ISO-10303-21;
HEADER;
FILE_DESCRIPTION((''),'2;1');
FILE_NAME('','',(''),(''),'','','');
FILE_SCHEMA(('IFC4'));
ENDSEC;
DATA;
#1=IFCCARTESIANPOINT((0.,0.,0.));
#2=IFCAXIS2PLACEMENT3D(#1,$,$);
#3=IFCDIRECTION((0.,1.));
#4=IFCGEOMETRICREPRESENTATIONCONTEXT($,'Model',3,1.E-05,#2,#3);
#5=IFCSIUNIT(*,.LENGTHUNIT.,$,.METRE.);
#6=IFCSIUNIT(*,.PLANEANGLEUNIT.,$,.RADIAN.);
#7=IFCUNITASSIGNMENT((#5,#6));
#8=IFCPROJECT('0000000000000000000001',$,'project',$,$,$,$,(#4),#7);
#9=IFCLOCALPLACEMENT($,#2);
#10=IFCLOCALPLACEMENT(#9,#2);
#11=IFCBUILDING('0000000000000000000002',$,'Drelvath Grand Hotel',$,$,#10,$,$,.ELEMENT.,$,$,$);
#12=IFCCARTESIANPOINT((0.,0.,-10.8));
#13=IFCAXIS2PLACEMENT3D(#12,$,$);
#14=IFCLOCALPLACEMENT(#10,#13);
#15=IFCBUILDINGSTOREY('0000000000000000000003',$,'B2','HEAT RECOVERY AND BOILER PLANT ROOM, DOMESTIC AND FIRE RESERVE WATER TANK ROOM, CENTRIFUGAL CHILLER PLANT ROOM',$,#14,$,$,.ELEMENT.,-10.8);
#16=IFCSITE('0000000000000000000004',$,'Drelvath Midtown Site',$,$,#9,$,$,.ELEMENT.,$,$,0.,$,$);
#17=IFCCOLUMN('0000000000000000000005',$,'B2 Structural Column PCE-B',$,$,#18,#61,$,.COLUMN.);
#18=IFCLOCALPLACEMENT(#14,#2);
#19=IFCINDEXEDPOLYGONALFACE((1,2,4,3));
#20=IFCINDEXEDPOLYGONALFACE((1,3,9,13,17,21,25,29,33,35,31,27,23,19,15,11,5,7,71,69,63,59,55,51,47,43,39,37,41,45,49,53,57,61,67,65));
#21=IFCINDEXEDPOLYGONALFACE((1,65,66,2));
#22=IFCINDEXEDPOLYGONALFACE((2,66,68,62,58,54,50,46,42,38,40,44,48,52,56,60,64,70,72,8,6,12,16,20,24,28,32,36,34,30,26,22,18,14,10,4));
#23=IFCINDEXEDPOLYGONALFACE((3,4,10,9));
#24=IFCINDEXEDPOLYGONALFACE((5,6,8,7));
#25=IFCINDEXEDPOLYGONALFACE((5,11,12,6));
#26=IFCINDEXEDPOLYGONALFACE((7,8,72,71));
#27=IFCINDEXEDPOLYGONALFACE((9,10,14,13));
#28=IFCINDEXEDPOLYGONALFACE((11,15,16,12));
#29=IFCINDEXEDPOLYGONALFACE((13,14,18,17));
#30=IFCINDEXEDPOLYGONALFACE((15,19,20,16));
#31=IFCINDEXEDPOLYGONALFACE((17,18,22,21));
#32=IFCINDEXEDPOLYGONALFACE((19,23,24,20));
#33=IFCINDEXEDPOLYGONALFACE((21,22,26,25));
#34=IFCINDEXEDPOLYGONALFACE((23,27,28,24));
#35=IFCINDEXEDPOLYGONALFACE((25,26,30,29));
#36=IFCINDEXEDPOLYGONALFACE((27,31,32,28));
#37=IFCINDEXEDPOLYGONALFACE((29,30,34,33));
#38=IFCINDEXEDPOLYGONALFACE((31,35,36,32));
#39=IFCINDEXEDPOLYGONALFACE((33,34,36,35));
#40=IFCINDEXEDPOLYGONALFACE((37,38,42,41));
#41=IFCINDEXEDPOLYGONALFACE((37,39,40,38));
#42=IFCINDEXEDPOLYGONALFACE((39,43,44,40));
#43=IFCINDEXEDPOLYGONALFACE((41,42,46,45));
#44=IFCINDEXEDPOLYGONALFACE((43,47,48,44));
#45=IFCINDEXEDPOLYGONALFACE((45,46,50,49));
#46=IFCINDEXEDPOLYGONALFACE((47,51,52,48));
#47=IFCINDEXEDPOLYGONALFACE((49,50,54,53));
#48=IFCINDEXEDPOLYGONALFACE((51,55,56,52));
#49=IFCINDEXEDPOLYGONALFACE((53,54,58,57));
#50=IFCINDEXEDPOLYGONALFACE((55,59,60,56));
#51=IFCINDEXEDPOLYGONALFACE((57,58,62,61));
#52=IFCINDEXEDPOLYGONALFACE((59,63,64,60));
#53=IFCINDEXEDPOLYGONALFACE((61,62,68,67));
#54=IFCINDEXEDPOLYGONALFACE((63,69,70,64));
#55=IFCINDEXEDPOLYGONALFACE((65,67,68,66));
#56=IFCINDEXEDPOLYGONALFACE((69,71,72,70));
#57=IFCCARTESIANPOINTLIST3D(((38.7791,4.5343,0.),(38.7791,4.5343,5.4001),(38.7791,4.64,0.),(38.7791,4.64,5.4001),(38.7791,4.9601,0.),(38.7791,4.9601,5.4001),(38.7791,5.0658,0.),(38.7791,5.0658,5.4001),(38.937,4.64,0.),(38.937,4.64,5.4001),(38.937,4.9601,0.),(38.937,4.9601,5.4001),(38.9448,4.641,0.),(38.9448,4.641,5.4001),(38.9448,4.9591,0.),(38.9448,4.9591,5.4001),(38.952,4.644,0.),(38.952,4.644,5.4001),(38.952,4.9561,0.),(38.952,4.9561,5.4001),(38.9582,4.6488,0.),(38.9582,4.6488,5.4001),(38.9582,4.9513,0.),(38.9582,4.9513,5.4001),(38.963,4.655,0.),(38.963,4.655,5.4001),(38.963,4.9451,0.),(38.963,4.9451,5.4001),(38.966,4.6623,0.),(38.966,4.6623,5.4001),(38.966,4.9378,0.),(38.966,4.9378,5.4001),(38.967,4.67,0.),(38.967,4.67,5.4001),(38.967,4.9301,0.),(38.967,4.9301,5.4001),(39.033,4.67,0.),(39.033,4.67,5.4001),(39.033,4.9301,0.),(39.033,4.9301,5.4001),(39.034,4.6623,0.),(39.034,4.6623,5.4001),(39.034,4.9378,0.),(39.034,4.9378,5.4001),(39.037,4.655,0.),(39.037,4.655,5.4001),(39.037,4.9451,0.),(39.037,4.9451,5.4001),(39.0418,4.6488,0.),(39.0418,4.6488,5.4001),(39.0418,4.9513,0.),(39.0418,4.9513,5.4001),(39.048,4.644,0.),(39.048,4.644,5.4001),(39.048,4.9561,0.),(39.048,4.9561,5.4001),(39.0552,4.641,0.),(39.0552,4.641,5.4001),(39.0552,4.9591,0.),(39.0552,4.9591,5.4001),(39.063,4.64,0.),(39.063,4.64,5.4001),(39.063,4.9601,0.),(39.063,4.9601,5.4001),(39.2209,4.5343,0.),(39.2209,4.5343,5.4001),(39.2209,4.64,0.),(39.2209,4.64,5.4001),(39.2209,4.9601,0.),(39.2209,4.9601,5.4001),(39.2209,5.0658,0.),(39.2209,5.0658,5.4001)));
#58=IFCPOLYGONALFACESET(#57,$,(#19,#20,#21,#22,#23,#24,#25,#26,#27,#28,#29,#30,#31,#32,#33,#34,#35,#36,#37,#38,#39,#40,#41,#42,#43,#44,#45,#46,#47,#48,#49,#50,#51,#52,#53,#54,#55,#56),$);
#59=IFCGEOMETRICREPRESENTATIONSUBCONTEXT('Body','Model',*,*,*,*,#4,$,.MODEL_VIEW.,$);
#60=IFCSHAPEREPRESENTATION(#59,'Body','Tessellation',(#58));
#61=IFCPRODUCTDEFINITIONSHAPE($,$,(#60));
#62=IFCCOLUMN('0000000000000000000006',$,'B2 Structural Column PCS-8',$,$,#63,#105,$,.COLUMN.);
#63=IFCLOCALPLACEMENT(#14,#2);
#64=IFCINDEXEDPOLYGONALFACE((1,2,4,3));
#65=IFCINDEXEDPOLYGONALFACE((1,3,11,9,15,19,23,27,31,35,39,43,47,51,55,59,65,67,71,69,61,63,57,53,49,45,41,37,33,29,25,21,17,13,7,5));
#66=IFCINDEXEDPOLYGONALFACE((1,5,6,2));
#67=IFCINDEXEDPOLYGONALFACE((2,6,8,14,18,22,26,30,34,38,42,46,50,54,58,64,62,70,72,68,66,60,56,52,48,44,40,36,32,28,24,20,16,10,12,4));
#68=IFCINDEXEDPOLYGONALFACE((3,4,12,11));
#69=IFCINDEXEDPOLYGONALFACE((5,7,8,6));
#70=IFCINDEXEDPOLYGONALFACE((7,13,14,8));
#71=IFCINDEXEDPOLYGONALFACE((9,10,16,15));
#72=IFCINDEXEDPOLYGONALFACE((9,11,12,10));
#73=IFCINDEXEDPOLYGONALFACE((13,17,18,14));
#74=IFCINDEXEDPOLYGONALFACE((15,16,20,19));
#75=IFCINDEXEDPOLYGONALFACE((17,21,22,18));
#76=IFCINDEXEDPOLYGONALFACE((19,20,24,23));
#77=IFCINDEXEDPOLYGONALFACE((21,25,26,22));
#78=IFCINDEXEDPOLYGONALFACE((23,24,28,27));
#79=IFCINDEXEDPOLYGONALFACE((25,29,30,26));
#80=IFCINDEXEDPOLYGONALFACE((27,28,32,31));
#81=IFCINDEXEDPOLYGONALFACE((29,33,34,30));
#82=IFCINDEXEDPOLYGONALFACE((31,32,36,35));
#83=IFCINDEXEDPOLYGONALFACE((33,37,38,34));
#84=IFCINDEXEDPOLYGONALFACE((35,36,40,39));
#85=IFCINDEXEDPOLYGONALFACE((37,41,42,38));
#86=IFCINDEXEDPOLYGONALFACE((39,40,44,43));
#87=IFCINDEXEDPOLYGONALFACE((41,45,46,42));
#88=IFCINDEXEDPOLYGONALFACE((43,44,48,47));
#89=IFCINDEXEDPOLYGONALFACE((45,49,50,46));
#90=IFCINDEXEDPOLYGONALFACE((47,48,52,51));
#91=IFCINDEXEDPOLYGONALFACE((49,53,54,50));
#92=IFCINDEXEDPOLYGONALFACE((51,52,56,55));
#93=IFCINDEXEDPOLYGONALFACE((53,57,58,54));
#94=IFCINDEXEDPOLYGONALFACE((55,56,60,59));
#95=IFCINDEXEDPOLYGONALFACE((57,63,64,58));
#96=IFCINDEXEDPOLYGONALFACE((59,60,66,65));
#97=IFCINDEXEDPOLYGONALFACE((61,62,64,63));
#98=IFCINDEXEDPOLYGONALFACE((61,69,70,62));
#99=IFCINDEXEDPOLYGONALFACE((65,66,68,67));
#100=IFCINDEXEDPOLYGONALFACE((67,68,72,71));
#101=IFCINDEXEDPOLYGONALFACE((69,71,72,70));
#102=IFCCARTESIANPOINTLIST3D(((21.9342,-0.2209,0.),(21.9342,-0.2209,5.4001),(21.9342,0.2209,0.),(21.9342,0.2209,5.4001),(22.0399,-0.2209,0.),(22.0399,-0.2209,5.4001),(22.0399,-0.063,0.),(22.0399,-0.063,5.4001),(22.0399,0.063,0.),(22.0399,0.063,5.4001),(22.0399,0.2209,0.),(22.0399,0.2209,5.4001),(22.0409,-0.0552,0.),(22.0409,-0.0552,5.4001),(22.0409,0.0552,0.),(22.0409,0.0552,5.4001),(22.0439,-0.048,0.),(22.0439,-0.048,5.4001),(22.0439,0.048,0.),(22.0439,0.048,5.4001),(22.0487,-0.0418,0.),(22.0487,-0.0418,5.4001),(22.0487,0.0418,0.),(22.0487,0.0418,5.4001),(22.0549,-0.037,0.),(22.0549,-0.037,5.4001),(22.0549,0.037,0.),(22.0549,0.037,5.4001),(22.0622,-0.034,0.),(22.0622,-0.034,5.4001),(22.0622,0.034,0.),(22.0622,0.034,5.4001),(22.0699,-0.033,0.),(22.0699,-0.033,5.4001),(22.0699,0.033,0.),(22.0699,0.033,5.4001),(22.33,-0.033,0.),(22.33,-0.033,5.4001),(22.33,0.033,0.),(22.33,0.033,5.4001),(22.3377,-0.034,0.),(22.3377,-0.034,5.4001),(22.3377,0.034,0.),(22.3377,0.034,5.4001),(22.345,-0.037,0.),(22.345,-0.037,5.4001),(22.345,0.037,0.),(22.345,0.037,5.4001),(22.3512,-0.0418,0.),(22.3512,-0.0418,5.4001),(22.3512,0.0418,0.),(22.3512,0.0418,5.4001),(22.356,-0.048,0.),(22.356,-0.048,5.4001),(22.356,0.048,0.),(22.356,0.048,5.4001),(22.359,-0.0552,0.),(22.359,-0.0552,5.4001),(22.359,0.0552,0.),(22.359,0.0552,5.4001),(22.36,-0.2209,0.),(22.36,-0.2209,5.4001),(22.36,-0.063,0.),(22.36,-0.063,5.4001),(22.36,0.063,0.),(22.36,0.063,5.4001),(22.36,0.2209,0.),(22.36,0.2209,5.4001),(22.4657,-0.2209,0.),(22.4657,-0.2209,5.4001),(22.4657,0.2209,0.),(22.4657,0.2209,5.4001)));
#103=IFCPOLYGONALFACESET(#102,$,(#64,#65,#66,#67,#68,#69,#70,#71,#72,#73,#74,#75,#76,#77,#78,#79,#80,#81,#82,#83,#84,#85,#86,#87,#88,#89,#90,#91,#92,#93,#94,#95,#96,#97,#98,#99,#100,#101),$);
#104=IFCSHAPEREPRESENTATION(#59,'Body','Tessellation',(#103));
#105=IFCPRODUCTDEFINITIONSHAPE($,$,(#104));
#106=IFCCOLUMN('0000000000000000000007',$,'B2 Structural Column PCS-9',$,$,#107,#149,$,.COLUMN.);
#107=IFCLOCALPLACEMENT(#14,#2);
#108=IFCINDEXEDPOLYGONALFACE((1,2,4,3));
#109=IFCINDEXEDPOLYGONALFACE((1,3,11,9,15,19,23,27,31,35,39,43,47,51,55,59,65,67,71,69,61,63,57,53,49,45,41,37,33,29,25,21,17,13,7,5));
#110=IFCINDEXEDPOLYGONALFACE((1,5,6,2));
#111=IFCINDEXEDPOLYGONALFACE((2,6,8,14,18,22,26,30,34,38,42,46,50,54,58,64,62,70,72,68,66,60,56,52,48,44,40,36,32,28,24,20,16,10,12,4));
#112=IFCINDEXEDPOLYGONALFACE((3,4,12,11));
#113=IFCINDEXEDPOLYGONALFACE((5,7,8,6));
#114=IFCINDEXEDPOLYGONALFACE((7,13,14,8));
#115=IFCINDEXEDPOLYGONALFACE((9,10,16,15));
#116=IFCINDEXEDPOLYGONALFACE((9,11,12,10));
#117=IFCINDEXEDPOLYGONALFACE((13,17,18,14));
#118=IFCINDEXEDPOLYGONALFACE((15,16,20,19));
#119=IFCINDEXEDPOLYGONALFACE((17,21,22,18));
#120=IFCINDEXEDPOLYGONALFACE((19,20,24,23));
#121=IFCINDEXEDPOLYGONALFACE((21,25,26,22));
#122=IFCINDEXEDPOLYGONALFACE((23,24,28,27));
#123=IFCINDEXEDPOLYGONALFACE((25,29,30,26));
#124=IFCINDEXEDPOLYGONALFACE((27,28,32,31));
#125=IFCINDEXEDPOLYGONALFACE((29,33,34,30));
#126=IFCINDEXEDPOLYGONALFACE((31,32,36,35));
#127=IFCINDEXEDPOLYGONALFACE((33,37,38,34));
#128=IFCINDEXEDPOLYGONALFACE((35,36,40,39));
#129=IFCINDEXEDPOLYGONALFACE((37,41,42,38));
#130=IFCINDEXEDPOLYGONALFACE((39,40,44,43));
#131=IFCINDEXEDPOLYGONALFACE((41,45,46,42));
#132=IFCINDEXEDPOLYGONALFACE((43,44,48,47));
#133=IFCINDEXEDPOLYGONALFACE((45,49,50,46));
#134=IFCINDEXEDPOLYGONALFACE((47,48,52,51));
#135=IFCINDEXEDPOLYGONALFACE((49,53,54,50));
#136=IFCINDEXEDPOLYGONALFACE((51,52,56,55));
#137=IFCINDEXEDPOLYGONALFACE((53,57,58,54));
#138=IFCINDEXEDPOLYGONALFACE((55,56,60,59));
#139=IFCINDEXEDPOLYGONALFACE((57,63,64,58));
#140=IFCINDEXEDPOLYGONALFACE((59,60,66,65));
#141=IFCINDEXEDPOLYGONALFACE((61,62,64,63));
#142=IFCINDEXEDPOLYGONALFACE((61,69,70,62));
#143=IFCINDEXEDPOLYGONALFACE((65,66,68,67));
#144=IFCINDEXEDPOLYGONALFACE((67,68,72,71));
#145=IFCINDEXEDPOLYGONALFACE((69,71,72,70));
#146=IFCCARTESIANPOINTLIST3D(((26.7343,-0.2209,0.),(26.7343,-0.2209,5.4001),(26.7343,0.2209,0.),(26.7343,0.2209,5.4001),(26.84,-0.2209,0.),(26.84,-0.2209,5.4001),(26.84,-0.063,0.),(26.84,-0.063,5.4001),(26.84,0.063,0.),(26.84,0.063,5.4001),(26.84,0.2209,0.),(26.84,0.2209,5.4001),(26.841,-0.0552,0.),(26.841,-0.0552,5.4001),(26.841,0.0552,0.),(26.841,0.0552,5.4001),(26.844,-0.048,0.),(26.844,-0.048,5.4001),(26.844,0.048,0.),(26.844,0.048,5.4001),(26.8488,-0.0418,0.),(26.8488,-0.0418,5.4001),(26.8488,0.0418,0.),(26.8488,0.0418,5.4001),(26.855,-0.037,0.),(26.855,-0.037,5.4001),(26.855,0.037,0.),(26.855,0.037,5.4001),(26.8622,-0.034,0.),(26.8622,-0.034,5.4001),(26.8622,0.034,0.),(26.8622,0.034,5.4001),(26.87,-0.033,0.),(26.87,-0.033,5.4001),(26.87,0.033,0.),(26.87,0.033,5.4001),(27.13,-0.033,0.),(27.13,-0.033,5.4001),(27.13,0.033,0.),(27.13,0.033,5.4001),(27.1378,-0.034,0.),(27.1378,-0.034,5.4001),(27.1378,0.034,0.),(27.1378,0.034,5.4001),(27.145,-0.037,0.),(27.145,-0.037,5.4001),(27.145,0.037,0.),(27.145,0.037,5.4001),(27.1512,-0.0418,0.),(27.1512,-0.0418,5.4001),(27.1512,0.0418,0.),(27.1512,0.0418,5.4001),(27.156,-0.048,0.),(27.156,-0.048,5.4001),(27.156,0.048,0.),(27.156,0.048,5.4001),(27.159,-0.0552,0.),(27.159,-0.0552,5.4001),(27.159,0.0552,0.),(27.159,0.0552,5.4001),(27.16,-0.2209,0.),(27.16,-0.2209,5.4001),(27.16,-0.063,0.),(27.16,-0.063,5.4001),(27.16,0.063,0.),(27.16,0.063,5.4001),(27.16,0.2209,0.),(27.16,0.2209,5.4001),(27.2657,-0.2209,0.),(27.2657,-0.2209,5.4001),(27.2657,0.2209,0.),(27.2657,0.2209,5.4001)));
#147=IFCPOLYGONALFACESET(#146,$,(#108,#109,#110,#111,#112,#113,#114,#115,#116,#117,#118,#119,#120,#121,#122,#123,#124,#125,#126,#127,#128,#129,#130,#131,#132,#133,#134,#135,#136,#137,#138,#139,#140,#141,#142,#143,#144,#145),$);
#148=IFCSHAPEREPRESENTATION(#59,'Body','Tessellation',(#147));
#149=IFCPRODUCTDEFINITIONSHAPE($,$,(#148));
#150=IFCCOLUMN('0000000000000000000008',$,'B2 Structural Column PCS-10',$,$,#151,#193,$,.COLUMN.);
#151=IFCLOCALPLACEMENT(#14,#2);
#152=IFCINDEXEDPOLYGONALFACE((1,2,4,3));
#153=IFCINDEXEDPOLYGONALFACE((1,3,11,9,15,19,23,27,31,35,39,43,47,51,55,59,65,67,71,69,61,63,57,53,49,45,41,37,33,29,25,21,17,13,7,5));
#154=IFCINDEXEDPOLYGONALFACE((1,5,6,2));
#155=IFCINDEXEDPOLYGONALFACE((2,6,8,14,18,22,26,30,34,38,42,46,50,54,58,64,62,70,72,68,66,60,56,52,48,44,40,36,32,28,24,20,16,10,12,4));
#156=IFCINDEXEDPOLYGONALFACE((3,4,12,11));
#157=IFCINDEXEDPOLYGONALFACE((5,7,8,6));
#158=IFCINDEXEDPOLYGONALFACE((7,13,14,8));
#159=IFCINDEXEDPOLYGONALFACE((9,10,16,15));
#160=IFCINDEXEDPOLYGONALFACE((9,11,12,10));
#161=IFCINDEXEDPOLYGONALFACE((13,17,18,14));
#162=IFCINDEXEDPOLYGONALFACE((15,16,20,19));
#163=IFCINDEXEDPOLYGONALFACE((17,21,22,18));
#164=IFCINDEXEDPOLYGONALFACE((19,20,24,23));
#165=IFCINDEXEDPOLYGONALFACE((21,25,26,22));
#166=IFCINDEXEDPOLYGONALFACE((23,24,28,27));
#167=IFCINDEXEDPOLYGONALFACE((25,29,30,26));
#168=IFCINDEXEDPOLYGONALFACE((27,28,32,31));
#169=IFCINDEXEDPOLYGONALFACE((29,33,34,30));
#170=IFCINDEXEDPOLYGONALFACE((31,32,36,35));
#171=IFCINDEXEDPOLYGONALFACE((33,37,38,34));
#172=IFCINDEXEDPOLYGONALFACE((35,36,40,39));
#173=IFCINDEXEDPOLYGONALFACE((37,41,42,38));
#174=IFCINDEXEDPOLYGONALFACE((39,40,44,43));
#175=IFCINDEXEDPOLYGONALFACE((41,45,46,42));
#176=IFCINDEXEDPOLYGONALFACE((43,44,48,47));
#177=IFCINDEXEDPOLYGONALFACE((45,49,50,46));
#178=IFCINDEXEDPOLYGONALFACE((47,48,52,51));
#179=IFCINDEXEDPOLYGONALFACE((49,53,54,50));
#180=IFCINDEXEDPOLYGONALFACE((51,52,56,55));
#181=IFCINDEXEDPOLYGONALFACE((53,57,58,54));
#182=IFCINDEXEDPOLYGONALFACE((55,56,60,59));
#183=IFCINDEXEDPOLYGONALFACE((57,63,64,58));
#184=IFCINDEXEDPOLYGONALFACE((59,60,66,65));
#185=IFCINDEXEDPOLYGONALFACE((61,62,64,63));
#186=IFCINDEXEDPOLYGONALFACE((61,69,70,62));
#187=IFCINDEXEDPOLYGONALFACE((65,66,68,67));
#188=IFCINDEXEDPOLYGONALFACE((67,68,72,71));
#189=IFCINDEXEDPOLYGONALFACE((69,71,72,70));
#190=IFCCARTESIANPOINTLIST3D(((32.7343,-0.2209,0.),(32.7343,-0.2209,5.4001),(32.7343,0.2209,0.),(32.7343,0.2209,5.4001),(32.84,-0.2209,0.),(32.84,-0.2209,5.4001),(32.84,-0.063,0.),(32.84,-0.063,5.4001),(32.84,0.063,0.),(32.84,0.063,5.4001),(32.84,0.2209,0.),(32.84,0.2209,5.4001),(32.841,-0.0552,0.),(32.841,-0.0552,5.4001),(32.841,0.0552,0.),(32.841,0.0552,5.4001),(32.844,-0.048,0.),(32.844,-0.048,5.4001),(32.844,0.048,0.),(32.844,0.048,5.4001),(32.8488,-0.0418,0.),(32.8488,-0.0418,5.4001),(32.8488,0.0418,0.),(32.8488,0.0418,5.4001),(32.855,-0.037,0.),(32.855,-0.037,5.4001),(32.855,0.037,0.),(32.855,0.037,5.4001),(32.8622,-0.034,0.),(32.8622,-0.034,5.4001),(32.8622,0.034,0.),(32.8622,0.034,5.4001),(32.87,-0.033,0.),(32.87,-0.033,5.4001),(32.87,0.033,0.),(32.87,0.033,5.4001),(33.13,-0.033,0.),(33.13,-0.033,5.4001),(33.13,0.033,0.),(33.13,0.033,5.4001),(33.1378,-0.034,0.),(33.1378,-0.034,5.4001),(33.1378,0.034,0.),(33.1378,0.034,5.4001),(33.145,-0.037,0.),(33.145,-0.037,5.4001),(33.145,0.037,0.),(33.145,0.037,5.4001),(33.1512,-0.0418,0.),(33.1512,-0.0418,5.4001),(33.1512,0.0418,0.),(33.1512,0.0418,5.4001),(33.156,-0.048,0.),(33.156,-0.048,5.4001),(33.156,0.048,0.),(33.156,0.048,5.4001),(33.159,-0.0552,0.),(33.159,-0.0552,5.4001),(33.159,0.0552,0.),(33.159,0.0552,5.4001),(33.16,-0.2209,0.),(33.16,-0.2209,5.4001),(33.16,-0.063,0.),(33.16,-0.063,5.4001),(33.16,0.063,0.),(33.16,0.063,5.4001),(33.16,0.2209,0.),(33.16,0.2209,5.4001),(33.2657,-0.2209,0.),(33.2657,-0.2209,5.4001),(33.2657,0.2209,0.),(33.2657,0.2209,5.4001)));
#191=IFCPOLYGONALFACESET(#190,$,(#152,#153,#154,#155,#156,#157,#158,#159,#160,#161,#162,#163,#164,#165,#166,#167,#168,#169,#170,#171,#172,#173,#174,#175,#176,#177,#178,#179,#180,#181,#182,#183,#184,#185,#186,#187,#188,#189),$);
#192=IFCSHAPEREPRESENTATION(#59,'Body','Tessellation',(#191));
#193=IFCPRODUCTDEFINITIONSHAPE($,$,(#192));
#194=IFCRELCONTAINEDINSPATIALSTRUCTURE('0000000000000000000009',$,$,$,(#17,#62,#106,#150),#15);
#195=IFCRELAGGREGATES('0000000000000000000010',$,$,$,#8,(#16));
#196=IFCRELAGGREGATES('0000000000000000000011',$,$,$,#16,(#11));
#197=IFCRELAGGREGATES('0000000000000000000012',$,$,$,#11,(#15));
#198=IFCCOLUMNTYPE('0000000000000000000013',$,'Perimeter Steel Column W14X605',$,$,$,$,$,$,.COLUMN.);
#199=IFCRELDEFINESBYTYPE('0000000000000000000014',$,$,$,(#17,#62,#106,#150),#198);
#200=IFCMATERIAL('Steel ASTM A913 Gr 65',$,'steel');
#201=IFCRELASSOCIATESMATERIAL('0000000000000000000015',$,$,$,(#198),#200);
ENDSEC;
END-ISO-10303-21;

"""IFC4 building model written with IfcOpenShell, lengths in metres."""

from ifc_helpers import new_model, si_unit, direction, frame, origin, origin_2d, place, context, subcontext, project, spatial, i_section, extrude, material, material_profile, profile_set, type_object, element, save


model = new_model("IFC4")

# Units and contexts
model_context = context("Model", 3, precision=1e-05, world=origin(), true_north=direction((0.0, 1.0)))
body_context = subcontext(model_context, "Body", "Model", "MODEL_VIEW")
ifc_project = project(units=[si_unit("LENGTHUNIT", "METRE"), si_unit("PLANEANGLEUNIT", "RADIAN")], contexts=[model_context])

# Site, building, storey
site_placement = place(None, origin())
site = spatial("IfcSite", under=ifc_project, at=site_placement, Name="Drelvath Midtown Site", CompositionType="ELEMENT", RefElevation=0.0)
building_placement = place(site_placement, origin())
building = spatial("IfcBuilding", under=site, at=building_placement, Name="Drelvath Grand Hotel", CompositionType="ELEMENT")
storey_placement = place(building_placement, frame((0.0, 0.0, -10.8)))
storey = spatial("IfcBuildingStorey", under=building, at=storey_placement, Name="B2", Description="HEAT RECOVERY AND BOILER PLANT ROOM, DOMESTIC AND FIRE RESERVE WATER TANK ROOM, CENTRIFUGAL CHILLER PLANT ROOM", CompositionType="ELEMENT", Elevation=-10.8)

# Columns
ifc_material_1 = material(Name="Steel ASTM A913 Gr 65", Category="steel")
ifc_material_profile_1 = material_profile(ifc_material_1, i_section(OverallWidth=0.4419, OverallDepth=0.5315, WebThickness=0.0659, FlangeThickness=0.1057, FilletRadius=0.03, at=origin_2d()), Name="W14X605")
ifc_profile_set_1 = profile_set([ifc_material_profile_1], Name="Steel ASTM A913 Gr 65")
column_type_1 = type_object("IfcColumnType", Name="Perimeter Steel Column W14X605", PredefinedType="COLUMN", material=ifc_profile_set_1)
for number, where, z_axis, x_axis, name in (
    (1, (39.0, 4.8, 0.0), (0.0, 0.0, 1.0), (1.0, 0.0, 0.0), "B2 Structural Column PCE-B"),
    (2, (22.2, 0.0, 0.0), (0.0, 0.0, 1.0), (0.0, 1.0, 0.0), "B2 Structural Column PCS-8"),
    (3, (27.0, 0.0, 0.0), (0.0, 0.0, 1.0), (0.0, 1.0, 0.0), "B2 Structural Column PCS-9"),
    (4, (33.0, 0.0, 0.0), (0.0, 0.0, 1.0), (0.0, 1.0, 0.0), "B2 Structural Column PCS-10"),
):
    element("IfcColumn", number, at=place(storey_placement, frame(where, z_axis=z_axis, x_axis=x_axis)), inside=storey, type_object=column_type_1, Name=name, PredefinedType="COLUMN", context=body_context, shape_type="SweptSolid", body=[
        extrude(i_section(OverallWidth=0.4419, OverallDepth=0.5315, WebThickness=0.0659, FlangeThickness=0.1057, FilletRadius=0.03, at=origin_2d()), origin(), (0.0, 0.0, 1.0), 5.4001),
    ])

save(model, "model.ifc")
